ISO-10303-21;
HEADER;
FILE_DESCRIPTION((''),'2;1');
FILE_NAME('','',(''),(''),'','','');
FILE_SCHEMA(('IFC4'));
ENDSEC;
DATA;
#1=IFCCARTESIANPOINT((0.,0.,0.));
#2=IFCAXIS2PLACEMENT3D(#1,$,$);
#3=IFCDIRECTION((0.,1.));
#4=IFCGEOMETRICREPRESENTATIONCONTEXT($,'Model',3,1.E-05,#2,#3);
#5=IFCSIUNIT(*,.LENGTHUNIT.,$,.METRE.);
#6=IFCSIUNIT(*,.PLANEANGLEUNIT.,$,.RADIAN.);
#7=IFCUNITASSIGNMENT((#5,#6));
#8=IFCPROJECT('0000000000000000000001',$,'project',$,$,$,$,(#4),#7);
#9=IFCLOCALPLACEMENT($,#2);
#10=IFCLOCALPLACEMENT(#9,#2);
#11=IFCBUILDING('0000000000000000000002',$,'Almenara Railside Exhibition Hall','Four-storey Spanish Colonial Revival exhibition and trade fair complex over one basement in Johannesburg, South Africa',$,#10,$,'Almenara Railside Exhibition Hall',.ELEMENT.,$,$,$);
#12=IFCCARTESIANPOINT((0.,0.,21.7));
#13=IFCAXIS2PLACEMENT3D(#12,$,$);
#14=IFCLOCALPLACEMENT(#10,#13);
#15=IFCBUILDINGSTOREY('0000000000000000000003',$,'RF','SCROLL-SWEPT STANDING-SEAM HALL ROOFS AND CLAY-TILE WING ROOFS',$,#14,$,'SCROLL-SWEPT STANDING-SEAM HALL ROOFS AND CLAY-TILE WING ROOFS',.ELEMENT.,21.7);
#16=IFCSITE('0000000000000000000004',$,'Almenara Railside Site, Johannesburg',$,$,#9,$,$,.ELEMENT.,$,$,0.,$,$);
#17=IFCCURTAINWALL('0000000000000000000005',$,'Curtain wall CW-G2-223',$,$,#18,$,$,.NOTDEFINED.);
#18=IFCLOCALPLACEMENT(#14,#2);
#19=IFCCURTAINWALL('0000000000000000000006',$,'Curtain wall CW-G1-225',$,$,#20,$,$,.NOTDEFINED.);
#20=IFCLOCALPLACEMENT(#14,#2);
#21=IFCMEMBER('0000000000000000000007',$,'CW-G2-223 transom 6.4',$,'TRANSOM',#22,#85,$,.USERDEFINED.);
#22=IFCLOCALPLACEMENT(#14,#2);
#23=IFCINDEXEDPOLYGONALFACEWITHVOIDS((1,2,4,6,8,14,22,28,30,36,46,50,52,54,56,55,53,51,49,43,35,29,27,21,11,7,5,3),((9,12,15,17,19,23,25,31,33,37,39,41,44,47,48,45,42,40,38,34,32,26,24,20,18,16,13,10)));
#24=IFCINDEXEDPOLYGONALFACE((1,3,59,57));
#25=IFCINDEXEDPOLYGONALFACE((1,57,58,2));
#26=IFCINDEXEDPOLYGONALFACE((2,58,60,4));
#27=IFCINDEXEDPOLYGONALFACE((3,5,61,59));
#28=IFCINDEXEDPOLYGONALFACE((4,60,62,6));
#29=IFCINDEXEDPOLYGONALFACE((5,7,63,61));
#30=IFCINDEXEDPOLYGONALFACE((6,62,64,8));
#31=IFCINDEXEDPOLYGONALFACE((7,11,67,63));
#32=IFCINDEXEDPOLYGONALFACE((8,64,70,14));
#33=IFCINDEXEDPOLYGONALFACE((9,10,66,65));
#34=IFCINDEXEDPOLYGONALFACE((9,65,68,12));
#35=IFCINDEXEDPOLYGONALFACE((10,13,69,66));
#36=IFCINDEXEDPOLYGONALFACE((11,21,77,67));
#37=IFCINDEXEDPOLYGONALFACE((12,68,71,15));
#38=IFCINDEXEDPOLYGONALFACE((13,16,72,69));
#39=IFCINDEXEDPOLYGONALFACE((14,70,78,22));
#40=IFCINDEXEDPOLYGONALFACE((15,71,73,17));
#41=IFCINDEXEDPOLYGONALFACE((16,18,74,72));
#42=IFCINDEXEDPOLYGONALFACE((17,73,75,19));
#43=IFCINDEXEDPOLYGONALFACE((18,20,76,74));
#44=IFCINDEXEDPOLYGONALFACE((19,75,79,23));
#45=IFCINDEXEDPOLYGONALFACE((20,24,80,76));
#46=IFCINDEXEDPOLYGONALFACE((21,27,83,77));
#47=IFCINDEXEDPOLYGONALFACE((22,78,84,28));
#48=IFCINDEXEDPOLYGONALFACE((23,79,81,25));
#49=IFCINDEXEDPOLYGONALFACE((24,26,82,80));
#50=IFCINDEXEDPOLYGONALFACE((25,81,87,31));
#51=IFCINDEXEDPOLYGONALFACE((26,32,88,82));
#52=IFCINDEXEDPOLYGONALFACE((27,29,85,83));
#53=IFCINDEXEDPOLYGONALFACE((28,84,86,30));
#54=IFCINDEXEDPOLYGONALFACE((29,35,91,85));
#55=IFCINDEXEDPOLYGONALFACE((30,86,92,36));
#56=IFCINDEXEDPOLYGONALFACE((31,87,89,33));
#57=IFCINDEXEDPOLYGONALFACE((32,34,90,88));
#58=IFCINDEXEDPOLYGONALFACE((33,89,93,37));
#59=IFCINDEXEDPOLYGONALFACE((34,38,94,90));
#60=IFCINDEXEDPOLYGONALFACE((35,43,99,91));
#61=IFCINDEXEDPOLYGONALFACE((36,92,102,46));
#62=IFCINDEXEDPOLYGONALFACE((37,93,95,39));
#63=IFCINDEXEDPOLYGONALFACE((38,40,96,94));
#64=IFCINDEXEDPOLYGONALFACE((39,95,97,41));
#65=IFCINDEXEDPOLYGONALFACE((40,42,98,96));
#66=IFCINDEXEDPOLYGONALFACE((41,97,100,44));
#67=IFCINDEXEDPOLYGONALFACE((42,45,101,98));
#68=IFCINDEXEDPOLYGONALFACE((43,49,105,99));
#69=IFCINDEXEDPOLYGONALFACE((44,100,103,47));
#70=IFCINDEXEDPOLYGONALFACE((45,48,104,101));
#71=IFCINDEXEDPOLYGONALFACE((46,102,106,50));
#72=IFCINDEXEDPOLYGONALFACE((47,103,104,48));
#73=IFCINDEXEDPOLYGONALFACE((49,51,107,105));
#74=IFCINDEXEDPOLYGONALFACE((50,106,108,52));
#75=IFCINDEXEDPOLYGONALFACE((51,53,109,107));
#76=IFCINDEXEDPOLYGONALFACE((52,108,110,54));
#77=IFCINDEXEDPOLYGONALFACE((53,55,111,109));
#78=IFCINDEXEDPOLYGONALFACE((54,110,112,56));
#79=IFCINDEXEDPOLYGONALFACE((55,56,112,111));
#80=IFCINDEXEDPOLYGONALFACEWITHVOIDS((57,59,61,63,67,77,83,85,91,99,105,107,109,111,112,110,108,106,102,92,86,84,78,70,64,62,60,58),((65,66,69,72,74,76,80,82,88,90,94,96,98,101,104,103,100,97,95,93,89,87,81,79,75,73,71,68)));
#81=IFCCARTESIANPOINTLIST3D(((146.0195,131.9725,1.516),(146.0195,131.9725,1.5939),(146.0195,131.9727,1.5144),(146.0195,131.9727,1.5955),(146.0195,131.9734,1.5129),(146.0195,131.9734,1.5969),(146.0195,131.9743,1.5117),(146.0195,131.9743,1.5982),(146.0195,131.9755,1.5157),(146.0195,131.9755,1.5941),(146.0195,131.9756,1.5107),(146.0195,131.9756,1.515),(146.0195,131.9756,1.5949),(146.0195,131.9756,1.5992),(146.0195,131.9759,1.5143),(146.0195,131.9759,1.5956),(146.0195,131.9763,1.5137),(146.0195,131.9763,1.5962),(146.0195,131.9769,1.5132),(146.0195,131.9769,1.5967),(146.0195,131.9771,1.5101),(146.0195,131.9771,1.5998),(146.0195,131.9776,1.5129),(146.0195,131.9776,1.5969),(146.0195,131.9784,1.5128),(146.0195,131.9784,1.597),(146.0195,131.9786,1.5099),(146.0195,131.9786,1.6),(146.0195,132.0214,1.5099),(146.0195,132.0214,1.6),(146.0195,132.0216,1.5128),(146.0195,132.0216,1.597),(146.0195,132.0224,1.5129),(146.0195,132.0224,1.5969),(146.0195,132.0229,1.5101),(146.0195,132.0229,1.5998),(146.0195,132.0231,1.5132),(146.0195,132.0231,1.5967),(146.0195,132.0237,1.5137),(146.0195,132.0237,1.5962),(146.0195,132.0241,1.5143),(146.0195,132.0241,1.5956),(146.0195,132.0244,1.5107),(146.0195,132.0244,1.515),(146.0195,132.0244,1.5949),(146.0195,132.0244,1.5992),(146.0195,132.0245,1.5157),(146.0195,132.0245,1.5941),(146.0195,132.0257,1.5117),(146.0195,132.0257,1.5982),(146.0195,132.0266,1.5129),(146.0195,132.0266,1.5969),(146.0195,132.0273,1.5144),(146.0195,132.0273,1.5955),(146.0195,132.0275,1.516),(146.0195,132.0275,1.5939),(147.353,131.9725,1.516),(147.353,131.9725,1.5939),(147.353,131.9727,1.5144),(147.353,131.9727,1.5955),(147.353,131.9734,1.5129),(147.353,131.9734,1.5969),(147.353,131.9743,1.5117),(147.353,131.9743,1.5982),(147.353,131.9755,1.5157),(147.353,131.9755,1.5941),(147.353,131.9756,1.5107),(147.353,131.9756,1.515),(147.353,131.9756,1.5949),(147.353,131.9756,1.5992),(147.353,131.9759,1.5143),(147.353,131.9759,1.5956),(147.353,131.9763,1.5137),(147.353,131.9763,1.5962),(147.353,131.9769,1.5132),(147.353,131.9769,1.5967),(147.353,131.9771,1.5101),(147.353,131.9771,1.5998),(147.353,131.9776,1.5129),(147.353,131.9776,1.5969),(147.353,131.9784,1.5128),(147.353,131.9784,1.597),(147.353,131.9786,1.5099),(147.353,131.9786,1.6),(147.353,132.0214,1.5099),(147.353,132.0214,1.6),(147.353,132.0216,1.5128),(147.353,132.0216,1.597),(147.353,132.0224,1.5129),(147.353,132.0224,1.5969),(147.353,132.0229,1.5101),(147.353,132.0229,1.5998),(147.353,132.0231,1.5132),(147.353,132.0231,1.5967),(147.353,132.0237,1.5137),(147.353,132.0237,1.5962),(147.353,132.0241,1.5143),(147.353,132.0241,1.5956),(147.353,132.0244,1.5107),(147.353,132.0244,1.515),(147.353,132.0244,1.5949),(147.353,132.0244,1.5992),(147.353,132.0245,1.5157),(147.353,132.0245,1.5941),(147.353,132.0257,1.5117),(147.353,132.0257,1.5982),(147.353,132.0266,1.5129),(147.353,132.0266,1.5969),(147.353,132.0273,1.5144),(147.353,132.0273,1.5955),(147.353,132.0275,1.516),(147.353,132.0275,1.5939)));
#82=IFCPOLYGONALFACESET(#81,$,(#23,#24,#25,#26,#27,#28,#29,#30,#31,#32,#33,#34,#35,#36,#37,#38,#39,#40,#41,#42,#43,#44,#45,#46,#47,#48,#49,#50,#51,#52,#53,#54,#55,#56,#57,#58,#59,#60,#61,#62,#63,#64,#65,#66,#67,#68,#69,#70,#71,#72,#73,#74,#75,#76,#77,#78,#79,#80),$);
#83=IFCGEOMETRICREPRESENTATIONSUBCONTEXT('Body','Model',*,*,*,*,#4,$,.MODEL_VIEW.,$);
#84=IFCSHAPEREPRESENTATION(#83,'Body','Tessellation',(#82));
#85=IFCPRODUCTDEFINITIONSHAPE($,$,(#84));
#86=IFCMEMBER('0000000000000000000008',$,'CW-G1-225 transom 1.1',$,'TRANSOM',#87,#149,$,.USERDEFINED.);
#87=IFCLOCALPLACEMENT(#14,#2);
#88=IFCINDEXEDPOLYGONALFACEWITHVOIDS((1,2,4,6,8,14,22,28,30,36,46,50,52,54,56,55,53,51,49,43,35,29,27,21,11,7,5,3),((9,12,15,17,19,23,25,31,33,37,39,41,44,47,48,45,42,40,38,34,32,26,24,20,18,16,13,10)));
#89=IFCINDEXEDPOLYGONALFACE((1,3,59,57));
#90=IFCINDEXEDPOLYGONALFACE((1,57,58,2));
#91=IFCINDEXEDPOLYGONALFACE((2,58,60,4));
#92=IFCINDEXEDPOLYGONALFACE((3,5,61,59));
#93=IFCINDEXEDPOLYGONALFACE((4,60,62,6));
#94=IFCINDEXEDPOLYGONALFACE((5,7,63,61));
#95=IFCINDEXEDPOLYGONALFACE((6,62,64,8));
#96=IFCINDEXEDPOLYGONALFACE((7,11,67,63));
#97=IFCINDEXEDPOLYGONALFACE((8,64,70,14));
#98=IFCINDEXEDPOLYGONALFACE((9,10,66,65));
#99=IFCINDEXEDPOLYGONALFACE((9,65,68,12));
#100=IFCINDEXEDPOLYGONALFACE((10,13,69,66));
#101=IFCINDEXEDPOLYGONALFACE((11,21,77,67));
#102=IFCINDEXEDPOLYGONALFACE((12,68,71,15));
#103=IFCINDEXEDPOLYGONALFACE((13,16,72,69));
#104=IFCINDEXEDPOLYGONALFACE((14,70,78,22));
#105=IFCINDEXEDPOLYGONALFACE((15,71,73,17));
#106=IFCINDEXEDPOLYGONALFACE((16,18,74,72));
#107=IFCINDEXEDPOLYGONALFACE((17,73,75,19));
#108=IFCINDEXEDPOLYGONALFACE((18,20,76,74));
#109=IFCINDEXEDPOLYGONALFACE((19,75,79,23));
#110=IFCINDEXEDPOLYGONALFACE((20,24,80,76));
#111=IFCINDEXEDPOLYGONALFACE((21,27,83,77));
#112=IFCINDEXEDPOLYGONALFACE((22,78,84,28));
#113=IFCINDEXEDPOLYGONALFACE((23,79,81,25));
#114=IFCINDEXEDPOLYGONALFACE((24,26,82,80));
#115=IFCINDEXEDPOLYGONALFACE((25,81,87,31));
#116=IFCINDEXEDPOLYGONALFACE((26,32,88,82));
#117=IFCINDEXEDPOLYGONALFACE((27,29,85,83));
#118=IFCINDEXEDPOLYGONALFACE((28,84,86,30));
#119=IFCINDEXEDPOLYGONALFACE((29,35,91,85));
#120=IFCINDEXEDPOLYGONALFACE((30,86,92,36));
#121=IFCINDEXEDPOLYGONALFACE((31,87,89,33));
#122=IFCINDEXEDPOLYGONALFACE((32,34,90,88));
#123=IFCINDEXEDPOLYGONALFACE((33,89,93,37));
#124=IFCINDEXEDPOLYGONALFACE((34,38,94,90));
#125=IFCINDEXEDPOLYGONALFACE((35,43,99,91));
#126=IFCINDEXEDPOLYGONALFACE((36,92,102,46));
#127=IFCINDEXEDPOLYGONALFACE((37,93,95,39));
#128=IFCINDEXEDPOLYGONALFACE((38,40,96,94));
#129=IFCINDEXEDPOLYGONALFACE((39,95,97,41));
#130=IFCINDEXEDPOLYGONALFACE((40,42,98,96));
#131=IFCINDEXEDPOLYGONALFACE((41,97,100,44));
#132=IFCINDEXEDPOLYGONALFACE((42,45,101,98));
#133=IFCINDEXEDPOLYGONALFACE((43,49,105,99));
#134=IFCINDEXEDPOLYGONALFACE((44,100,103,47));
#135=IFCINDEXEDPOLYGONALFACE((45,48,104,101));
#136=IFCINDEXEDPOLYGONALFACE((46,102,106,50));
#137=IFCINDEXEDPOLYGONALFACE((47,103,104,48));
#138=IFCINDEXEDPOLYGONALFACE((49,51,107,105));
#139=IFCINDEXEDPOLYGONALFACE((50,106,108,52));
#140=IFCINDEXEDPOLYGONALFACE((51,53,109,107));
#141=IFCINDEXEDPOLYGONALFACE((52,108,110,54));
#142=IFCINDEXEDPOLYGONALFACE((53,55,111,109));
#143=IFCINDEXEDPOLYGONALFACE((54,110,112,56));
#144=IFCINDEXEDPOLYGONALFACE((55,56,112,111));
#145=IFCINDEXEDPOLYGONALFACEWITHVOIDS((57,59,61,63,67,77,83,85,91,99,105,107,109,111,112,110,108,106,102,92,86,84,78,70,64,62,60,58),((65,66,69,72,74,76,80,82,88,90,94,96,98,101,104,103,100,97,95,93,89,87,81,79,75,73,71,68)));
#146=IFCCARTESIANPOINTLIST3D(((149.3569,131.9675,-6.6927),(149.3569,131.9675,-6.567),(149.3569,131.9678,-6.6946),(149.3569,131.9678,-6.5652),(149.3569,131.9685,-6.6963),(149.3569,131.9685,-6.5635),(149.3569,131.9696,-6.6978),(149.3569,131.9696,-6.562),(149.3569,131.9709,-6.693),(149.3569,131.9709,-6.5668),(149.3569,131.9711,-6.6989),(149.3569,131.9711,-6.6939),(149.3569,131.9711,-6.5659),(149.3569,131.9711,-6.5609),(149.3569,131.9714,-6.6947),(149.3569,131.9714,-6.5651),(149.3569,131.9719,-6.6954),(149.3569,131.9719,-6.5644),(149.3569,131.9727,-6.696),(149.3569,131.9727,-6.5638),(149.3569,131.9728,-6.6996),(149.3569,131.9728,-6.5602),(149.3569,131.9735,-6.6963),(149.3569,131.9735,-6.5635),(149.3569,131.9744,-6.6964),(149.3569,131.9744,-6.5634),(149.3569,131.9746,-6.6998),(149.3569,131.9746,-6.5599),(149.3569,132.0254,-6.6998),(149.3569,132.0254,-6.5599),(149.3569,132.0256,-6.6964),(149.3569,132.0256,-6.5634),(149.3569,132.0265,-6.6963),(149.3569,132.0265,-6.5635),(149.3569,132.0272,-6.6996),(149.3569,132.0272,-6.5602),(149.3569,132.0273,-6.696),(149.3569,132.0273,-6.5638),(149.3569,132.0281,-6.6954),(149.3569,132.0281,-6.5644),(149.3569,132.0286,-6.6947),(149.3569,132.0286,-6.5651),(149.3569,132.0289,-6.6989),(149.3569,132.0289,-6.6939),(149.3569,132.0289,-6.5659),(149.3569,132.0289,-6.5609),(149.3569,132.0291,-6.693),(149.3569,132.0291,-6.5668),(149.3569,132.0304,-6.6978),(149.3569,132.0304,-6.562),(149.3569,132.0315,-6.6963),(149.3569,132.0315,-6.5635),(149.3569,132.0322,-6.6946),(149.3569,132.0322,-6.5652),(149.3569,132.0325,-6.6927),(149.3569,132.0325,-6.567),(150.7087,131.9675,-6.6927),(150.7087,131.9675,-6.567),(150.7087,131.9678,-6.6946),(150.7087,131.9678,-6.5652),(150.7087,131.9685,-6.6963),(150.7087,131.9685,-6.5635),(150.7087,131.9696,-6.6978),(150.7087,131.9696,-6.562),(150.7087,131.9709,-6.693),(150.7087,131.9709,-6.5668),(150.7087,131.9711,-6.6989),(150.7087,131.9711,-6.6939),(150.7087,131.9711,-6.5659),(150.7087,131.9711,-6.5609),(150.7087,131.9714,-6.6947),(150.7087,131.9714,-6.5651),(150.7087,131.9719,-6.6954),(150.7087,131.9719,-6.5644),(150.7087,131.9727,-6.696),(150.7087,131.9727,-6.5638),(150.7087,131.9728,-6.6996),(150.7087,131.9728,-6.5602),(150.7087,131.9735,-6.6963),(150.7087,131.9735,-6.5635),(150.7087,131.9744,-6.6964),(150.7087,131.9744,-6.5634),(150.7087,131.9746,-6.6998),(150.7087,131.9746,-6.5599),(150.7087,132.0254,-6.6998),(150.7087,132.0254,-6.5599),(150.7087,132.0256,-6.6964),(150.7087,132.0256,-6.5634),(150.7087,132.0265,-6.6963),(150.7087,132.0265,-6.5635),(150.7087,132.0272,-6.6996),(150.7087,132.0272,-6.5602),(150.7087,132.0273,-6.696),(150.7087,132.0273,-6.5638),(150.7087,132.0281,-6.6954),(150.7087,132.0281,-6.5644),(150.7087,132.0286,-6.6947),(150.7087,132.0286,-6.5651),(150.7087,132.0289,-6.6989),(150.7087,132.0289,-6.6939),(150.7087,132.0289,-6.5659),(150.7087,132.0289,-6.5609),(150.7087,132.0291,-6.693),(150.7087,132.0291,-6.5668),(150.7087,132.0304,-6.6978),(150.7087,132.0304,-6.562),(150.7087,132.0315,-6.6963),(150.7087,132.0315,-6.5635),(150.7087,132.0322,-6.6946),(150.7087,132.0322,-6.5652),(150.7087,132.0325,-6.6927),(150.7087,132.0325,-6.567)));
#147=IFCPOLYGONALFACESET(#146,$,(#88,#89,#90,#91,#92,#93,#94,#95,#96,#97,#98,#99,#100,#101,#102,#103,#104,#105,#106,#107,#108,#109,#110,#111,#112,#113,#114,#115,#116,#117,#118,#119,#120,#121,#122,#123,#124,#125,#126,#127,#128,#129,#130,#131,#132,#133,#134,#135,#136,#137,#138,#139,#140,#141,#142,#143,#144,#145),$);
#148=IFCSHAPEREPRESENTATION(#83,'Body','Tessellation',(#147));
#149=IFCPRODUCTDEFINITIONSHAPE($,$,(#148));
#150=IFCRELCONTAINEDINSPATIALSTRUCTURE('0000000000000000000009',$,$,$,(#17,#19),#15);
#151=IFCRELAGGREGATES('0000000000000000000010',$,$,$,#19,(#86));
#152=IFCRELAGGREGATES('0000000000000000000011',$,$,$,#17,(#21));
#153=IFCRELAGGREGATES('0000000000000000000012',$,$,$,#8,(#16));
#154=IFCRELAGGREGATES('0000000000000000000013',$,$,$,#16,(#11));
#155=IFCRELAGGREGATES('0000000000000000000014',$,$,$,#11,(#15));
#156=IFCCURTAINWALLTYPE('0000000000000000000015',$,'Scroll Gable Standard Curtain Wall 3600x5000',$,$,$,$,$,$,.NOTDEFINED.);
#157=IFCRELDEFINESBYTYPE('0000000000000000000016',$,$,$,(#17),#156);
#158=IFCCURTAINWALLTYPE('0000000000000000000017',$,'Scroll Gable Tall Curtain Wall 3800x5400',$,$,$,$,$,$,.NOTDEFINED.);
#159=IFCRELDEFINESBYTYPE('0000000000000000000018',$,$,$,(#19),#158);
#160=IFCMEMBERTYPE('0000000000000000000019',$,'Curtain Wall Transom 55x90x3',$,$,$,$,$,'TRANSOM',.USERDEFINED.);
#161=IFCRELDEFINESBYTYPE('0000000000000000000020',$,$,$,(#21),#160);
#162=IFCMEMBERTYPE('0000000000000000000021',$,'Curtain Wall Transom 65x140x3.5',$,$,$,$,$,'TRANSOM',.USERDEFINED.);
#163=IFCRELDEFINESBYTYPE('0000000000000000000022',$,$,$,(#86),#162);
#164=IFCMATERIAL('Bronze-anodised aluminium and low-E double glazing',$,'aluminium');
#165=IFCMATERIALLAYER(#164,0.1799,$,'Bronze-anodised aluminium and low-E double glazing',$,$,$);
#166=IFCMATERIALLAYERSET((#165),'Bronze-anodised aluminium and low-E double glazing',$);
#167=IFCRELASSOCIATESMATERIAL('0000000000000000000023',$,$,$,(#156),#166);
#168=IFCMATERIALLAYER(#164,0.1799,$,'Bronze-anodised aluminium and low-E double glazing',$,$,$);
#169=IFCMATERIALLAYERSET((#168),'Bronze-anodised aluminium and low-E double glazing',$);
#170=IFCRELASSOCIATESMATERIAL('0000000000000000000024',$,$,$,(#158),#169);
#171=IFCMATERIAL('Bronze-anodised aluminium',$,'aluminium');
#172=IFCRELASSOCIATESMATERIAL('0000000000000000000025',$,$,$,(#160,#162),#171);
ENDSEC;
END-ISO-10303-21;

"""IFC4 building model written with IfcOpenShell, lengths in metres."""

from ifc_helpers import new_model, si_unit, direction, frame, origin, origin_2d, place, context, subcontext, project, spatial, hollow_rectangle, extrude, material, layer, layer_set, material_profile, profile_set, type_object, element, aggregate, save


model = new_model("IFC4")

# Units and contexts
model_context = context("Model", 3, precision=1e-05, world=origin(), true_north=direction((0.0, 1.0)))
body_context = subcontext(model_context, "Body", "Model", "MODEL_VIEW")
ifc_project = project(units=[si_unit("LENGTHUNIT", "METRE"), si_unit("PLANEANGLEUNIT", "RADIAN")], contexts=[model_context])

# Site, building, storey
site_placement = place(None, origin())
site = spatial("IfcSite", under=ifc_project, at=site_placement, Name="Almenara Railside Site, Johannesburg", CompositionType="ELEMENT", RefElevation=0.0)
building_placement = place(site_placement, origin())
building = spatial("IfcBuilding", under=site, at=building_placement, Name="Almenara Railside Exhibition Hall", Description="Four-storey Spanish Colonial Revival exhibition and trade fair complex over one basement in Johannesburg, South Africa", LongName="Almenara Railside Exhibition Hall", CompositionType="ELEMENT")
storey_placement = place(building_placement, frame((0.0, 0.0, 21.7)))
storey = spatial("IfcBuildingStorey", under=building, at=storey_placement, Name="RF", Description="SCROLL-SWEPT STANDING-SEAM HALL ROOFS AND CLAY-TILE WING ROOFS", LongName="SCROLL-SWEPT STANDING-SEAM HALL ROOFS AND CLAY-TILE WING ROOFS", CompositionType="ELEMENT", Elevation=21.7)

# Curtain walls
ifc_material_1 = material(Name="Bronze-anodised aluminium and low-E double glazing", Category="aluminium")
ifc_layer_1 = layer(ifc_material_1, 0.1799, Name="Bronze-anodised aluminium and low-E double glazing")
ifc_layer_set_1 = layer_set([ifc_layer_1], Name="Bronze-anodised aluminium and low-E double glazing")
curtain_wall_type_1 = type_object("IfcCurtainWallType", Name="Scroll Gable Standard Curtain Wall 3600x5000", PredefinedType="NOTDEFINED", material=ifc_layer_set_1)
curtain_wall_1_placement = place(storey_placement, origin())
curtain_wall_1 = element("IfcCurtainWall", 1, at=curtain_wall_1_placement, inside=storey, type_object=curtain_wall_type_1, Name="Curtain wall CW-G2-223", PredefinedType="NOTDEFINED")
ifc_material_2 = material(Name="Bronze-anodised aluminium", Category="aluminium")
ifc_layer_2 = layer(ifc_material_1, 0.1799, Name="Bronze-anodised aluminium and low-E double glazing")
ifc_layer_set_2 = layer_set([ifc_layer_2], Name="Bronze-anodised aluminium and low-E double glazing")
curtain_wall_type_2 = type_object("IfcCurtainWallType", Name="Scroll Gable Tall Curtain Wall 3800x5400", PredefinedType="NOTDEFINED", material=ifc_layer_set_2)
curtain_wall_2_placement = place(storey_placement, origin())
curtain_wall_2 = element("IfcCurtainWall", 2, at=curtain_wall_2_placement, inside=storey, type_object=curtain_wall_type_2, Name="Curtain wall CW-G1-225", PredefinedType="NOTDEFINED")

# Members
ifc_material_profile_1 = material_profile(ifc_material_2, hollow_rectangle(XDim=0.0549, YDim=0.0901, WallThickness=0.0029, InnerFilletRadius=0.0029, OuterFilletRadius=0.0061, at=origin_2d()), Name="ALU-TRN 55x90x3")
ifc_profile_set_1 = profile_set([ifc_material_profile_1], Name="Bronze-anodised aluminium")
member_type_1 = type_object("IfcMemberType", Name="Curtain Wall Transom 55x90x3", ElementType="TRANSOM", PredefinedType="USERDEFINED", material=ifc_profile_set_1)
member_1_placement = place(storey_placement, frame((146.0195, 132.0, 1.5549), z_axis=(1.0, 0.0, 0.0), x_axis=(0.0, 1.0, 0.0)))
member_1 = element("IfcMember", 3, at=member_1_placement, type_object=member_type_1, Name="CW-G2-223 transom 6.4", ObjectType="TRANSOM", PredefinedType="USERDEFINED", context=body_context, shape_type="SweptSolid", body=[
    extrude(hollow_rectangle(XDim=0.0549, YDim=0.0901, WallThickness=0.0029, InnerFilletRadius=0.0029, OuterFilletRadius=0.0061, at=origin_2d()), origin(), (0.0, 0.0, 1.0), 1.3335),
])
ifc_material_profile_2 = material_profile(ifc_material_2, hollow_rectangle(XDim=0.0649, YDim=0.1399, WallThickness=0.0034, InnerFilletRadius=0.0034, OuterFilletRadius=0.0071, at=origin_2d()), Name="ALU-TRN 65x140x3.5")
ifc_profile_set_2 = profile_set([ifc_material_profile_2], Name="Bronze-anodised aluminium")
member_type_2 = type_object("IfcMemberType", Name="Curtain Wall Transom 65x140x3.5", ElementType="TRANSOM", PredefinedType="USERDEFINED", material=ifc_profile_set_2)
member_2_placement = place(storey_placement, frame((149.3569, 132.0, -6.6299), z_axis=(1.0, 0.0, 0.0), x_axis=(0.0, 1.0, 0.0)))
member_2 = element("IfcMember", 4, at=member_2_placement, type_object=member_type_2, Name="CW-G1-225 transom 1.1", ObjectType="TRANSOM", PredefinedType="USERDEFINED", context=body_context, shape_type="SweptSolid", body=[
    extrude(hollow_rectangle(XDim=0.0649, YDim=0.1399, WallThickness=0.0034, InnerFilletRadius=0.0034, OuterFilletRadius=0.0071, at=origin_2d()), origin(), (0.0, 0.0, 1.0), 1.3518),
])

aggregate(curtain_wall_2, [member_2])
aggregate(curtain_wall_1, [member_1])

save(model, "model.ifc")
